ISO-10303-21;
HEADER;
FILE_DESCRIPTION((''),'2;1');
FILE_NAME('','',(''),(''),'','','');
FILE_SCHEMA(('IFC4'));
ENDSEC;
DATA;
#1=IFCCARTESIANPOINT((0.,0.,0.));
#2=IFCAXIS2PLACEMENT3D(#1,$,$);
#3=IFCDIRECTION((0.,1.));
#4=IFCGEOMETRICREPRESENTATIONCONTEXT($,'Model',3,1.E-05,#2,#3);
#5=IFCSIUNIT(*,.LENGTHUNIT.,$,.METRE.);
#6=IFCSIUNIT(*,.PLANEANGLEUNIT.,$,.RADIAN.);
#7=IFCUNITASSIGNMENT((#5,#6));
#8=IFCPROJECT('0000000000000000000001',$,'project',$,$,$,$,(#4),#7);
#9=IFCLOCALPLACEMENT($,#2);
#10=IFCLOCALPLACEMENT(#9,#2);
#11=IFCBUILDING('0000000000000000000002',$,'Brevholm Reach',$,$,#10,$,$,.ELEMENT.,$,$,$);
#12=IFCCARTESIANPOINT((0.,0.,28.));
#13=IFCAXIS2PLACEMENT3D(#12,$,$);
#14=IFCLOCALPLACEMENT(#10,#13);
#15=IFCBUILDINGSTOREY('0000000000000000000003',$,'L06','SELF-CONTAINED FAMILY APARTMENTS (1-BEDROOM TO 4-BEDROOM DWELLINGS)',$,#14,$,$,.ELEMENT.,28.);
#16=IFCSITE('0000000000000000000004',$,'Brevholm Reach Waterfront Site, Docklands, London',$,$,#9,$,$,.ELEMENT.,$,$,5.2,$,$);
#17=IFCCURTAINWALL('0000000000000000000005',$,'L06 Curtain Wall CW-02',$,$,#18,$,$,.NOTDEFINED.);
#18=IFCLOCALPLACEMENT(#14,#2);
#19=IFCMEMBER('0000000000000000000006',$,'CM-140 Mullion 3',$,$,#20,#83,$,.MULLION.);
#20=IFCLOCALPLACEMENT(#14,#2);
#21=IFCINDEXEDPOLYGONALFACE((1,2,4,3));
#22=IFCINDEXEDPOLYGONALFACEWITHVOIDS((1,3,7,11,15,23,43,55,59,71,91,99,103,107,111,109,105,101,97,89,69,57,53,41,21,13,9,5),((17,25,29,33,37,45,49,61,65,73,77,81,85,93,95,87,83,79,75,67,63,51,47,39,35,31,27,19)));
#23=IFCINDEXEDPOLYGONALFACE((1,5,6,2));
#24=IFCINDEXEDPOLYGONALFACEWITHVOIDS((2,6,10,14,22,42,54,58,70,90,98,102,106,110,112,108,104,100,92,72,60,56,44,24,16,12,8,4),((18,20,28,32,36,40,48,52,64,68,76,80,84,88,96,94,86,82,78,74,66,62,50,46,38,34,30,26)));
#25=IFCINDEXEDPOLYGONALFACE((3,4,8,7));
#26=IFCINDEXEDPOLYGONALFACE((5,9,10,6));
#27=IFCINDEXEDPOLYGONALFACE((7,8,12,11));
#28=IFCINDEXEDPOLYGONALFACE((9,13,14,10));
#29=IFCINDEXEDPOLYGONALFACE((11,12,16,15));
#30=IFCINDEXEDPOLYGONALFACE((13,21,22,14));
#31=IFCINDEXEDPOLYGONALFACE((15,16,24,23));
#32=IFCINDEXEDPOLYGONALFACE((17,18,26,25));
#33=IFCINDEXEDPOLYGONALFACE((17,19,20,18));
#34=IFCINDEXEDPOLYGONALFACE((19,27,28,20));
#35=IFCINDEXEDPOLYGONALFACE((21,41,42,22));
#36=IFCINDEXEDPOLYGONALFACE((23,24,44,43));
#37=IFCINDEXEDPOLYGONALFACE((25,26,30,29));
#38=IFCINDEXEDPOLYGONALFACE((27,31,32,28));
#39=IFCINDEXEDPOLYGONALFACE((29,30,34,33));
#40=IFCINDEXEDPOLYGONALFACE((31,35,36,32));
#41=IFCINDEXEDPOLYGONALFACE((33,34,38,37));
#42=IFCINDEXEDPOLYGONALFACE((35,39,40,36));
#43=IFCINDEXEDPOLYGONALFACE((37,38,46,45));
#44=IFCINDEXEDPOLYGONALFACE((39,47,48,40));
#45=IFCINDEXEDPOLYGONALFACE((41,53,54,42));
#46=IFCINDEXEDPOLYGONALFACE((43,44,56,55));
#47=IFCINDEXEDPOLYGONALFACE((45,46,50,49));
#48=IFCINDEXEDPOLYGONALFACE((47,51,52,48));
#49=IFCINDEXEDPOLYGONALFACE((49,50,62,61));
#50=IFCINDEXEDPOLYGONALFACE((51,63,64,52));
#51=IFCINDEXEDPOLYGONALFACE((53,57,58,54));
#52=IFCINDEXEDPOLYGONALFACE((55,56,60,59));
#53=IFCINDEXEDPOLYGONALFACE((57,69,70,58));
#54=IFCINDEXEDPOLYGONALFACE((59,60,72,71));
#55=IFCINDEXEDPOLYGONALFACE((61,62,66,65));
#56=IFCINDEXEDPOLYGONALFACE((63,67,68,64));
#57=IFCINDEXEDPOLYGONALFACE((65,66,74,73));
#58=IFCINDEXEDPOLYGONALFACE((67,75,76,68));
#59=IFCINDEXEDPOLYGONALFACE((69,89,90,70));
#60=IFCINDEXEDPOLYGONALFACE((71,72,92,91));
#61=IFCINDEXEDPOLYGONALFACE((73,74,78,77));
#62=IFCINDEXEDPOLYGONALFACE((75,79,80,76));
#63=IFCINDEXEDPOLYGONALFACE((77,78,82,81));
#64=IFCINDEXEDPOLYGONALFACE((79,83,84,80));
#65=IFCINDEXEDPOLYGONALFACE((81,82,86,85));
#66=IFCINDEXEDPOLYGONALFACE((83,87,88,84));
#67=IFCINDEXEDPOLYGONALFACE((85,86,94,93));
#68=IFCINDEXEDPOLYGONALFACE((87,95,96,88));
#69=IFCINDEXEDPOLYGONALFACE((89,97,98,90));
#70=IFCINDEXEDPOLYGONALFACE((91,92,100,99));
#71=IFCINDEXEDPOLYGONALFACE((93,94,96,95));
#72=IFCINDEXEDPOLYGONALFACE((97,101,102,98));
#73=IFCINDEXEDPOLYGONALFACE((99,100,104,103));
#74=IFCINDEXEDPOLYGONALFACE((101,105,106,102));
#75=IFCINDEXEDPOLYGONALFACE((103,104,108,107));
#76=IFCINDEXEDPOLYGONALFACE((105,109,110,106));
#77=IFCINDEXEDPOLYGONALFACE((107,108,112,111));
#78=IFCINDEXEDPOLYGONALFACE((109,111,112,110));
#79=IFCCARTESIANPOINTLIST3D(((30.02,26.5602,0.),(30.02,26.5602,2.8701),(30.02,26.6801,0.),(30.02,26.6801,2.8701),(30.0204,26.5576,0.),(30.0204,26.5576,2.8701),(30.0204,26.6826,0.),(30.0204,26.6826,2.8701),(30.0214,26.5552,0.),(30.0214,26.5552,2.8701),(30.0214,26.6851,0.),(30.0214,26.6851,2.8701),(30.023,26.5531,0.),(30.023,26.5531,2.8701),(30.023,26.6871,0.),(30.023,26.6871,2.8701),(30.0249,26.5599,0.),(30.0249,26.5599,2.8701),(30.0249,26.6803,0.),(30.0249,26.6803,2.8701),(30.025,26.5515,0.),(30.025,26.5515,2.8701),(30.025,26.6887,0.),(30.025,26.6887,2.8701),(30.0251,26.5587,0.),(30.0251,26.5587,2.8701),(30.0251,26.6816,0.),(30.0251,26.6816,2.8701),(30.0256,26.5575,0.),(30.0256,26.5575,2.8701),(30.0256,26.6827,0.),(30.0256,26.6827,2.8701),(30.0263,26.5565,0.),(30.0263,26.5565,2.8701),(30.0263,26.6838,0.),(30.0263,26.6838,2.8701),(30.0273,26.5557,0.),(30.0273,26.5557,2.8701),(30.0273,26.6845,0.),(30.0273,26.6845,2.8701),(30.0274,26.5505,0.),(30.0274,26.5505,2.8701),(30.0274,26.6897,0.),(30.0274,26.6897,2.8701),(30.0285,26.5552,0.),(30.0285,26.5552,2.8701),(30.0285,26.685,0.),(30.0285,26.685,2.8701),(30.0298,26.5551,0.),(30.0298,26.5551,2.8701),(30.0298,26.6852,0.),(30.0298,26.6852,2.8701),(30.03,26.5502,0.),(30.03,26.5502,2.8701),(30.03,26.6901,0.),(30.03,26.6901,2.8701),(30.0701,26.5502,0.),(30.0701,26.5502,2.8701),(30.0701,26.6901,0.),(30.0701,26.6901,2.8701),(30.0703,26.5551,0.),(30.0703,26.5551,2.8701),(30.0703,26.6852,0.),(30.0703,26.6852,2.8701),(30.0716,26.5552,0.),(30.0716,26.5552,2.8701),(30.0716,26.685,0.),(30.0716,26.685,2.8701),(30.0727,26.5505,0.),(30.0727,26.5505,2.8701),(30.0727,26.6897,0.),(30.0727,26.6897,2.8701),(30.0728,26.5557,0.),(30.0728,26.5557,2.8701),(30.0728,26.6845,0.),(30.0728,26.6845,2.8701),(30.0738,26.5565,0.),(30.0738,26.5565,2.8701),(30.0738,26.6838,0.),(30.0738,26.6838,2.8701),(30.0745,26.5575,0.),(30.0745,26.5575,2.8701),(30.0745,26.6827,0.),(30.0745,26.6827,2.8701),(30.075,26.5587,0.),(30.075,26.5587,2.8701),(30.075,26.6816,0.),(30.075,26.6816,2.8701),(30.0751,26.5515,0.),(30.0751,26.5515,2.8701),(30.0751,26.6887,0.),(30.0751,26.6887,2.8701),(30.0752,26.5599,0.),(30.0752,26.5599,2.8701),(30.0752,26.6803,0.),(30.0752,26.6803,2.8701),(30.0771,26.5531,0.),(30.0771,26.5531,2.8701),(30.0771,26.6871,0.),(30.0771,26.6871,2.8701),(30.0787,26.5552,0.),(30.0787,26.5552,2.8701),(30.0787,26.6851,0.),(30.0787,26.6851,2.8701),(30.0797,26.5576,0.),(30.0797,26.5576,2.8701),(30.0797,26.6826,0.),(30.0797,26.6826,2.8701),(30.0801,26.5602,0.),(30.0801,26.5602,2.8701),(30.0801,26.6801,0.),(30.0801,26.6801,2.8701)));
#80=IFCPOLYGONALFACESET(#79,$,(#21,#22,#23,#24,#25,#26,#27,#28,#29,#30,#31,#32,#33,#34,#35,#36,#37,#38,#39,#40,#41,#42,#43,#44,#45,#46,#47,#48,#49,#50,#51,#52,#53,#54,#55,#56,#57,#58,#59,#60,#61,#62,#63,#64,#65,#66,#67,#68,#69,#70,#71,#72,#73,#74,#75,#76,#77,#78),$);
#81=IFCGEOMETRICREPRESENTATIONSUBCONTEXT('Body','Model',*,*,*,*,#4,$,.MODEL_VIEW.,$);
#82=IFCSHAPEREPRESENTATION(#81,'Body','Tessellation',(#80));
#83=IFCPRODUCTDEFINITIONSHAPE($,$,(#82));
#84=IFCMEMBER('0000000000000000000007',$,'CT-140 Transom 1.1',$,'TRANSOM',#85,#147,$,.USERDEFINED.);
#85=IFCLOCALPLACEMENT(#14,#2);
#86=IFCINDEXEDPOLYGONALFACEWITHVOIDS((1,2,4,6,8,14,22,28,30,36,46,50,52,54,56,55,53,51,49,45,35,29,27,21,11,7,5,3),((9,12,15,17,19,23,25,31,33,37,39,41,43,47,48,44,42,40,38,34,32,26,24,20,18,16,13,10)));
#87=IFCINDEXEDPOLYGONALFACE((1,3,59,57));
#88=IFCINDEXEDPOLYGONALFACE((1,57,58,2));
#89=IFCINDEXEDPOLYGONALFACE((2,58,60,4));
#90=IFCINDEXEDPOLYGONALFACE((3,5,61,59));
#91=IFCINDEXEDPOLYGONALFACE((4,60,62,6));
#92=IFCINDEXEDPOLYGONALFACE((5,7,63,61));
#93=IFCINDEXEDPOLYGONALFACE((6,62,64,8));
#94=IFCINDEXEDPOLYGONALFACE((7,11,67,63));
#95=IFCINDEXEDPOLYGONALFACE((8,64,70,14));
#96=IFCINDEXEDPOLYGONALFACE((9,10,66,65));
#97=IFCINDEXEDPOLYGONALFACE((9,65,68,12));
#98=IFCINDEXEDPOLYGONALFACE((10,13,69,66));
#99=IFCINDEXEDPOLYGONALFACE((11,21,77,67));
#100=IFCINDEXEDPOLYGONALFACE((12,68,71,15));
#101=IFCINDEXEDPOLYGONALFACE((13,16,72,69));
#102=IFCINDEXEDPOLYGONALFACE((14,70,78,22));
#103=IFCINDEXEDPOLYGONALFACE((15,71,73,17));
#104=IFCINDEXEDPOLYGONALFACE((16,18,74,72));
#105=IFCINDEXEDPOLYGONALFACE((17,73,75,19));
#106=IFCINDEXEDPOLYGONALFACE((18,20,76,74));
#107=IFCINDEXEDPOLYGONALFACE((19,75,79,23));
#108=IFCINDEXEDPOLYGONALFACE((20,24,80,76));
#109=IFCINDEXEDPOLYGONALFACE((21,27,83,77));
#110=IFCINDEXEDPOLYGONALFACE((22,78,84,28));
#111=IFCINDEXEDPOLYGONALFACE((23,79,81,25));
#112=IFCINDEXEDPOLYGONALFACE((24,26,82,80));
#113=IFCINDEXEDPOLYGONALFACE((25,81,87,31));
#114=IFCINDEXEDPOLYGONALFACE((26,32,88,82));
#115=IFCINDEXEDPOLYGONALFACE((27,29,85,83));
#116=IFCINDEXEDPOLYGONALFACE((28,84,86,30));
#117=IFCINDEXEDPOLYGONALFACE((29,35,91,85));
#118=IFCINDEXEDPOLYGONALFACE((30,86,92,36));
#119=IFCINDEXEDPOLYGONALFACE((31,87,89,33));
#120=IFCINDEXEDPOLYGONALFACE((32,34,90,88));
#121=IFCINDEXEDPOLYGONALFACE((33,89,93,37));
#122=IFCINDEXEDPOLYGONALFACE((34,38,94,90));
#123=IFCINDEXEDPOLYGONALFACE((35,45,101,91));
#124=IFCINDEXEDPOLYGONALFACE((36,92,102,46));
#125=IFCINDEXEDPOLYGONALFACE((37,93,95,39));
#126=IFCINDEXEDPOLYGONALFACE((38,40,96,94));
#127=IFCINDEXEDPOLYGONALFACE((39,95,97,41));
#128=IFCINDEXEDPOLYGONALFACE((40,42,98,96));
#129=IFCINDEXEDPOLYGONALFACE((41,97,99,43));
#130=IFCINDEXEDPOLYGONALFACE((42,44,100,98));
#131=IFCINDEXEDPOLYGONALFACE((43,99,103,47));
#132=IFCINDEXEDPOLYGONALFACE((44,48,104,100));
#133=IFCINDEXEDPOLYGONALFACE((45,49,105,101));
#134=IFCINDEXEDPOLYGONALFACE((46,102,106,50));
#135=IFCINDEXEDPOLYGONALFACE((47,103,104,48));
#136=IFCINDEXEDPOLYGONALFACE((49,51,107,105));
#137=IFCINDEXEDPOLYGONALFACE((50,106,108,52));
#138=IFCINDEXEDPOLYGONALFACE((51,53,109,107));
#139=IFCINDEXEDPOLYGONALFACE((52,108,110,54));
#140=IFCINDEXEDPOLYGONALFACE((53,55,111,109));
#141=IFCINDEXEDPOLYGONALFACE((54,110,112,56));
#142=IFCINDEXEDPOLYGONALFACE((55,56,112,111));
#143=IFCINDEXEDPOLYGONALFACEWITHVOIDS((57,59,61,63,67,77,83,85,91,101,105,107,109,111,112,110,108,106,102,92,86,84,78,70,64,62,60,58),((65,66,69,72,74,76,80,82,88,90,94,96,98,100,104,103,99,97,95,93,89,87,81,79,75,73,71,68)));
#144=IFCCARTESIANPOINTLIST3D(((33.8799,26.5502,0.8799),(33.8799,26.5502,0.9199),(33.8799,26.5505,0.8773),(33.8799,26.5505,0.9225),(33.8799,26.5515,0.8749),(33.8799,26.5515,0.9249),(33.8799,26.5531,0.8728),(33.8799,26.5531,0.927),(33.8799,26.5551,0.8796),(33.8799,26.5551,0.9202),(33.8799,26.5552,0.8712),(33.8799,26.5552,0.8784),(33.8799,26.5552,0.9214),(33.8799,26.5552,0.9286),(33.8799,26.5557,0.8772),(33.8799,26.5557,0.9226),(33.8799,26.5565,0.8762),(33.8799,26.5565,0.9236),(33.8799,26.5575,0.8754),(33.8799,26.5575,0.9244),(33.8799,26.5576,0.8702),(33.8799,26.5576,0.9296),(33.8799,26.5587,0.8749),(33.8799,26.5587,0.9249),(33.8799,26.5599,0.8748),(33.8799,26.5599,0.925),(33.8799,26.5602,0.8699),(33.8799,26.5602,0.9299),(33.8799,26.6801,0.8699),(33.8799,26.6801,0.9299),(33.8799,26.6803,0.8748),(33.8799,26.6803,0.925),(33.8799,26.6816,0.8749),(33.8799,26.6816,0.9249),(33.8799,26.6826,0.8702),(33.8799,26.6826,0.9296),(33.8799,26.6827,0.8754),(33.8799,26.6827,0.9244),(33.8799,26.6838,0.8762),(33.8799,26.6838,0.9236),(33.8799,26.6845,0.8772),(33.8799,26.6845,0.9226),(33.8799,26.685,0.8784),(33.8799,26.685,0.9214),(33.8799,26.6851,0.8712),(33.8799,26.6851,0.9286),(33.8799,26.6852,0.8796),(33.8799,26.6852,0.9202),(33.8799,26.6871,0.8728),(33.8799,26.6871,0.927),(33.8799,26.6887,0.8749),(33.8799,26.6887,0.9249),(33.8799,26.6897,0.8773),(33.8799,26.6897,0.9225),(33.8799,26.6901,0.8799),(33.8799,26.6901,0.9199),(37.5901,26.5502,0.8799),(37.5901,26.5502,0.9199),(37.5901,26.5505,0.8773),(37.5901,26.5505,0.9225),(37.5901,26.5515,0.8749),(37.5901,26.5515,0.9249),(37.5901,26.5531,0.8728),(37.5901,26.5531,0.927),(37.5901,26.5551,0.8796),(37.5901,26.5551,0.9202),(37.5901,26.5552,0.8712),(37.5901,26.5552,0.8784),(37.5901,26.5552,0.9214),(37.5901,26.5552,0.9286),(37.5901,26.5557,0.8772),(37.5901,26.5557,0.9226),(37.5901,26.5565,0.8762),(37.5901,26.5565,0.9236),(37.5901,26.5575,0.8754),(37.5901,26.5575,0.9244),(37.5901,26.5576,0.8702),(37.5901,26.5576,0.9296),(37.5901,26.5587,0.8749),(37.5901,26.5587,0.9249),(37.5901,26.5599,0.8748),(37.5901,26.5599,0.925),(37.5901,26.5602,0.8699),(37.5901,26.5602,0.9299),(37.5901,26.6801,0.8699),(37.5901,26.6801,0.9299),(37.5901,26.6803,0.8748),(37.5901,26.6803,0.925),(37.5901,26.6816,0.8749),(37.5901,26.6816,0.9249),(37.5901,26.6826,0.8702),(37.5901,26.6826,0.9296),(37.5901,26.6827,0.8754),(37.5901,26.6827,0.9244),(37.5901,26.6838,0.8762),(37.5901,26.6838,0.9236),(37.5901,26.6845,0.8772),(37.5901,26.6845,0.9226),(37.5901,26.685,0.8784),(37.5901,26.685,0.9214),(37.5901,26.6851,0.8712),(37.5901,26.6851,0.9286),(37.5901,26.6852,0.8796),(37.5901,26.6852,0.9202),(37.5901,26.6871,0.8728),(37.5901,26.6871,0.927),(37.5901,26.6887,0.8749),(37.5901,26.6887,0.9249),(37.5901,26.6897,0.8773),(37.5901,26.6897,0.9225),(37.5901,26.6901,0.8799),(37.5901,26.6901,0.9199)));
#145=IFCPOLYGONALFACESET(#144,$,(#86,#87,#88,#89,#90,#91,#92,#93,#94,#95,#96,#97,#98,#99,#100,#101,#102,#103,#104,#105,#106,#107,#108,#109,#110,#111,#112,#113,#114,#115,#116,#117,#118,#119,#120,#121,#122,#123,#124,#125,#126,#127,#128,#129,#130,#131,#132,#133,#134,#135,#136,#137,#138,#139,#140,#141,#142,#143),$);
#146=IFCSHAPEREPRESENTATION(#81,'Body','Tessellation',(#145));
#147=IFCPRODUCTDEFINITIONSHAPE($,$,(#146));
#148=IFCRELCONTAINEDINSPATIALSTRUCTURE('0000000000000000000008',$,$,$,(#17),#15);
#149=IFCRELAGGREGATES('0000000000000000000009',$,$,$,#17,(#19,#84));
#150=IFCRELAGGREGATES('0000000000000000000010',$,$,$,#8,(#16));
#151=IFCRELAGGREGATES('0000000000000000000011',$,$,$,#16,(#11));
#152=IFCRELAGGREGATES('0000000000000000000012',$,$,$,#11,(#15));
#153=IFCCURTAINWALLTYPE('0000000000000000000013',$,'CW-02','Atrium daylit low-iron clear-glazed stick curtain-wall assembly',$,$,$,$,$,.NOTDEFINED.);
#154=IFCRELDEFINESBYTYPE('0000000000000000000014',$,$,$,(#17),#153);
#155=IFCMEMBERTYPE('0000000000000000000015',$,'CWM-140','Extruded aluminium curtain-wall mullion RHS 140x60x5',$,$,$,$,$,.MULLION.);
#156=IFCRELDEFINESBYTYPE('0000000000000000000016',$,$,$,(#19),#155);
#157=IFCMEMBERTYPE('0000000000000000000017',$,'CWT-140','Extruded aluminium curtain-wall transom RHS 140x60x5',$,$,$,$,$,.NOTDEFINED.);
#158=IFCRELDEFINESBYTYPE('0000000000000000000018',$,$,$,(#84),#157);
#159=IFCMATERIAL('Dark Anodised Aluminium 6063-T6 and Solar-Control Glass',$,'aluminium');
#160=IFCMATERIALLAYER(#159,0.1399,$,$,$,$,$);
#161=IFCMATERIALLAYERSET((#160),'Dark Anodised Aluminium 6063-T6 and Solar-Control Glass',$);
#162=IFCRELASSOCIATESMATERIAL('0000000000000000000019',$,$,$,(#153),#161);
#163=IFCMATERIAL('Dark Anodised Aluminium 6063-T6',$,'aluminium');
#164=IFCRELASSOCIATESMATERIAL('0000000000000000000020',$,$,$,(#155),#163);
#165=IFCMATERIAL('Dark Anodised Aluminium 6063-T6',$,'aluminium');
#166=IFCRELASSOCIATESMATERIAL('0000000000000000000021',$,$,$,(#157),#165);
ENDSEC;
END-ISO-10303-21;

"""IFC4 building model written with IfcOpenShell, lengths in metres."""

from ifc_helpers import new_model, si_unit, direction, frame, origin, origin_2d, place, context, subcontext, project, spatial, hollow_rectangle, extrude, material, layer, layer_set, material_profile, profile_set, type_object, element, aggregate, save


model = new_model("IFC4")

# Units and contexts
model_context = context("Model", 3, precision=1e-05, world=origin(), true_north=direction((0.0, 1.0)))
body_context = subcontext(model_context, "Body", "Model", "MODEL_VIEW")
ifc_project = project(units=[si_unit("LENGTHUNIT", "METRE"), si_unit("PLANEANGLEUNIT", "RADIAN")], contexts=[model_context])

# Site, building, storey
site_placement = place(None, origin())
site = spatial("IfcSite", under=ifc_project, at=site_placement, Name="Brevholm Reach Waterfront Site, Docklands, London", CompositionType="ELEMENT", RefElevation=5.2)
building_placement = place(site_placement, origin())
building = spatial("IfcBuilding", under=site, at=building_placement, Name="Brevholm Reach", CompositionType="ELEMENT")
storey_placement = place(building_placement, frame((0.0, 0.0, 28.0)))
storey = spatial("IfcBuildingStorey", under=building, at=storey_placement, Name="L06", Description="SELF-CONTAINED FAMILY APARTMENTS (1-BEDROOM TO 4-BEDROOM DWELLINGS)", CompositionType="ELEMENT", Elevation=28.0)

# Curtain wall, members
ifc_material_1 = material(Name="Dark Anodised Aluminium 6063-T6 and Solar-Control Glass", Category="aluminium")
ifc_layer_1 = layer(ifc_material_1, 0.1399)
ifc_layer_set_1 = layer_set([ifc_layer_1], Name="Dark Anodised Aluminium 6063-T6 and Solar-Control Glass")
curtain_wall_type = type_object("IfcCurtainWallType", Name="CW-02", Description="Atrium daylit low-iron clear-glazed stick curtain-wall assembly", PredefinedType="NOTDEFINED", material=ifc_layer_set_1)
curtain_wall_placement = place(storey_placement, origin())
curtain_wall = element("IfcCurtainWall", 1, at=curtain_wall_placement, inside=storey, type_object=curtain_wall_type, Name="L06 Curtain Wall CW-02", PredefinedType="NOTDEFINED")
ifc_material_2 = material(Name="Dark Anodised Aluminium 6063-T6", Category="aluminium")
ifc_material_profile_1 = material_profile(ifc_material_2, hollow_rectangle(XDim=0.0601, YDim=0.1399, WallThickness=0.0049, InnerFilletRadius=0.0049, OuterFilletRadius=0.01, at=origin_2d()), Name="RHS 140x60x5")
ifc_profile_set_1 = profile_set([ifc_material_profile_1], Name="Dark Anodised Aluminium 6063-T6")
member_type_1 = type_object("IfcMemberType", Name="CWM-140", Description="Extruded aluminium curtain-wall mullion RHS 140x60x5", PredefinedType="MULLION", material=ifc_profile_set_1)
member_1_placement = place(storey_placement, frame((30.05, 26.6201, 0.0), z_axis=(0.0, 0.0, 1.0), x_axis=(-1.0, 0.0, 0.0)))
member_1 = element("IfcMember", 2, at=member_1_placement, type_object=member_type_1, Name="CM-140 Mullion 3", PredefinedType="MULLION", context=body_context, shape_type="SweptSolid", body=[
    extrude(hollow_rectangle(XDim=0.0601, YDim=0.1399, WallThickness=0.0049, InnerFilletRadius=0.0049, OuterFilletRadius=0.01, at=origin_2d()), origin(), (0.0, 0.0, 1.0), 2.8701),
])
ifc_material_3 = material(Name="Dark Anodised Aluminium 6063-T6", Category="aluminium")
ifc_material_profile_2 = material_profile(ifc_material_3, hollow_rectangle(XDim=0.0601, YDim=0.1399, WallThickness=0.0049, InnerFilletRadius=0.0049, OuterFilletRadius=0.01, at=origin_2d()), Name="RHS 140x60x5")
ifc_profile_set_2 = profile_set([ifc_material_profile_2], Name="Dark Anodised Aluminium 6063-T6")
member_type_2 = type_object("IfcMemberType", Name="CWT-140", Description="Extruded aluminium curtain-wall transom RHS 140x60x5", PredefinedType="NOTDEFINED", material=ifc_profile_set_2)
member_2_placement = place(storey_placement, frame((37.5901, 26.6201, 0.8999), z_axis=(-1.0, 0.0, 0.0), x_axis=(0.0, 0.0, 1.0)))
member_2 = element("IfcMember", 3, at=member_2_placement, type_object=member_type_2, Name="CT-140 Transom 1.1", ObjectType="TRANSOM", PredefinedType="USERDEFINED", context=body_context, shape_type="SweptSolid", body=[
    extrude(hollow_rectangle(XDim=0.0601, YDim=0.1399, WallThickness=0.0049, InnerFilletRadius=0.0049, OuterFilletRadius=0.01, at=origin_2d()), origin(), (0.0, 0.0, 1.0), 3.7102),
])
aggregate(curtain_wall, [member_1, member_2])

save(model, "model.ifc")
